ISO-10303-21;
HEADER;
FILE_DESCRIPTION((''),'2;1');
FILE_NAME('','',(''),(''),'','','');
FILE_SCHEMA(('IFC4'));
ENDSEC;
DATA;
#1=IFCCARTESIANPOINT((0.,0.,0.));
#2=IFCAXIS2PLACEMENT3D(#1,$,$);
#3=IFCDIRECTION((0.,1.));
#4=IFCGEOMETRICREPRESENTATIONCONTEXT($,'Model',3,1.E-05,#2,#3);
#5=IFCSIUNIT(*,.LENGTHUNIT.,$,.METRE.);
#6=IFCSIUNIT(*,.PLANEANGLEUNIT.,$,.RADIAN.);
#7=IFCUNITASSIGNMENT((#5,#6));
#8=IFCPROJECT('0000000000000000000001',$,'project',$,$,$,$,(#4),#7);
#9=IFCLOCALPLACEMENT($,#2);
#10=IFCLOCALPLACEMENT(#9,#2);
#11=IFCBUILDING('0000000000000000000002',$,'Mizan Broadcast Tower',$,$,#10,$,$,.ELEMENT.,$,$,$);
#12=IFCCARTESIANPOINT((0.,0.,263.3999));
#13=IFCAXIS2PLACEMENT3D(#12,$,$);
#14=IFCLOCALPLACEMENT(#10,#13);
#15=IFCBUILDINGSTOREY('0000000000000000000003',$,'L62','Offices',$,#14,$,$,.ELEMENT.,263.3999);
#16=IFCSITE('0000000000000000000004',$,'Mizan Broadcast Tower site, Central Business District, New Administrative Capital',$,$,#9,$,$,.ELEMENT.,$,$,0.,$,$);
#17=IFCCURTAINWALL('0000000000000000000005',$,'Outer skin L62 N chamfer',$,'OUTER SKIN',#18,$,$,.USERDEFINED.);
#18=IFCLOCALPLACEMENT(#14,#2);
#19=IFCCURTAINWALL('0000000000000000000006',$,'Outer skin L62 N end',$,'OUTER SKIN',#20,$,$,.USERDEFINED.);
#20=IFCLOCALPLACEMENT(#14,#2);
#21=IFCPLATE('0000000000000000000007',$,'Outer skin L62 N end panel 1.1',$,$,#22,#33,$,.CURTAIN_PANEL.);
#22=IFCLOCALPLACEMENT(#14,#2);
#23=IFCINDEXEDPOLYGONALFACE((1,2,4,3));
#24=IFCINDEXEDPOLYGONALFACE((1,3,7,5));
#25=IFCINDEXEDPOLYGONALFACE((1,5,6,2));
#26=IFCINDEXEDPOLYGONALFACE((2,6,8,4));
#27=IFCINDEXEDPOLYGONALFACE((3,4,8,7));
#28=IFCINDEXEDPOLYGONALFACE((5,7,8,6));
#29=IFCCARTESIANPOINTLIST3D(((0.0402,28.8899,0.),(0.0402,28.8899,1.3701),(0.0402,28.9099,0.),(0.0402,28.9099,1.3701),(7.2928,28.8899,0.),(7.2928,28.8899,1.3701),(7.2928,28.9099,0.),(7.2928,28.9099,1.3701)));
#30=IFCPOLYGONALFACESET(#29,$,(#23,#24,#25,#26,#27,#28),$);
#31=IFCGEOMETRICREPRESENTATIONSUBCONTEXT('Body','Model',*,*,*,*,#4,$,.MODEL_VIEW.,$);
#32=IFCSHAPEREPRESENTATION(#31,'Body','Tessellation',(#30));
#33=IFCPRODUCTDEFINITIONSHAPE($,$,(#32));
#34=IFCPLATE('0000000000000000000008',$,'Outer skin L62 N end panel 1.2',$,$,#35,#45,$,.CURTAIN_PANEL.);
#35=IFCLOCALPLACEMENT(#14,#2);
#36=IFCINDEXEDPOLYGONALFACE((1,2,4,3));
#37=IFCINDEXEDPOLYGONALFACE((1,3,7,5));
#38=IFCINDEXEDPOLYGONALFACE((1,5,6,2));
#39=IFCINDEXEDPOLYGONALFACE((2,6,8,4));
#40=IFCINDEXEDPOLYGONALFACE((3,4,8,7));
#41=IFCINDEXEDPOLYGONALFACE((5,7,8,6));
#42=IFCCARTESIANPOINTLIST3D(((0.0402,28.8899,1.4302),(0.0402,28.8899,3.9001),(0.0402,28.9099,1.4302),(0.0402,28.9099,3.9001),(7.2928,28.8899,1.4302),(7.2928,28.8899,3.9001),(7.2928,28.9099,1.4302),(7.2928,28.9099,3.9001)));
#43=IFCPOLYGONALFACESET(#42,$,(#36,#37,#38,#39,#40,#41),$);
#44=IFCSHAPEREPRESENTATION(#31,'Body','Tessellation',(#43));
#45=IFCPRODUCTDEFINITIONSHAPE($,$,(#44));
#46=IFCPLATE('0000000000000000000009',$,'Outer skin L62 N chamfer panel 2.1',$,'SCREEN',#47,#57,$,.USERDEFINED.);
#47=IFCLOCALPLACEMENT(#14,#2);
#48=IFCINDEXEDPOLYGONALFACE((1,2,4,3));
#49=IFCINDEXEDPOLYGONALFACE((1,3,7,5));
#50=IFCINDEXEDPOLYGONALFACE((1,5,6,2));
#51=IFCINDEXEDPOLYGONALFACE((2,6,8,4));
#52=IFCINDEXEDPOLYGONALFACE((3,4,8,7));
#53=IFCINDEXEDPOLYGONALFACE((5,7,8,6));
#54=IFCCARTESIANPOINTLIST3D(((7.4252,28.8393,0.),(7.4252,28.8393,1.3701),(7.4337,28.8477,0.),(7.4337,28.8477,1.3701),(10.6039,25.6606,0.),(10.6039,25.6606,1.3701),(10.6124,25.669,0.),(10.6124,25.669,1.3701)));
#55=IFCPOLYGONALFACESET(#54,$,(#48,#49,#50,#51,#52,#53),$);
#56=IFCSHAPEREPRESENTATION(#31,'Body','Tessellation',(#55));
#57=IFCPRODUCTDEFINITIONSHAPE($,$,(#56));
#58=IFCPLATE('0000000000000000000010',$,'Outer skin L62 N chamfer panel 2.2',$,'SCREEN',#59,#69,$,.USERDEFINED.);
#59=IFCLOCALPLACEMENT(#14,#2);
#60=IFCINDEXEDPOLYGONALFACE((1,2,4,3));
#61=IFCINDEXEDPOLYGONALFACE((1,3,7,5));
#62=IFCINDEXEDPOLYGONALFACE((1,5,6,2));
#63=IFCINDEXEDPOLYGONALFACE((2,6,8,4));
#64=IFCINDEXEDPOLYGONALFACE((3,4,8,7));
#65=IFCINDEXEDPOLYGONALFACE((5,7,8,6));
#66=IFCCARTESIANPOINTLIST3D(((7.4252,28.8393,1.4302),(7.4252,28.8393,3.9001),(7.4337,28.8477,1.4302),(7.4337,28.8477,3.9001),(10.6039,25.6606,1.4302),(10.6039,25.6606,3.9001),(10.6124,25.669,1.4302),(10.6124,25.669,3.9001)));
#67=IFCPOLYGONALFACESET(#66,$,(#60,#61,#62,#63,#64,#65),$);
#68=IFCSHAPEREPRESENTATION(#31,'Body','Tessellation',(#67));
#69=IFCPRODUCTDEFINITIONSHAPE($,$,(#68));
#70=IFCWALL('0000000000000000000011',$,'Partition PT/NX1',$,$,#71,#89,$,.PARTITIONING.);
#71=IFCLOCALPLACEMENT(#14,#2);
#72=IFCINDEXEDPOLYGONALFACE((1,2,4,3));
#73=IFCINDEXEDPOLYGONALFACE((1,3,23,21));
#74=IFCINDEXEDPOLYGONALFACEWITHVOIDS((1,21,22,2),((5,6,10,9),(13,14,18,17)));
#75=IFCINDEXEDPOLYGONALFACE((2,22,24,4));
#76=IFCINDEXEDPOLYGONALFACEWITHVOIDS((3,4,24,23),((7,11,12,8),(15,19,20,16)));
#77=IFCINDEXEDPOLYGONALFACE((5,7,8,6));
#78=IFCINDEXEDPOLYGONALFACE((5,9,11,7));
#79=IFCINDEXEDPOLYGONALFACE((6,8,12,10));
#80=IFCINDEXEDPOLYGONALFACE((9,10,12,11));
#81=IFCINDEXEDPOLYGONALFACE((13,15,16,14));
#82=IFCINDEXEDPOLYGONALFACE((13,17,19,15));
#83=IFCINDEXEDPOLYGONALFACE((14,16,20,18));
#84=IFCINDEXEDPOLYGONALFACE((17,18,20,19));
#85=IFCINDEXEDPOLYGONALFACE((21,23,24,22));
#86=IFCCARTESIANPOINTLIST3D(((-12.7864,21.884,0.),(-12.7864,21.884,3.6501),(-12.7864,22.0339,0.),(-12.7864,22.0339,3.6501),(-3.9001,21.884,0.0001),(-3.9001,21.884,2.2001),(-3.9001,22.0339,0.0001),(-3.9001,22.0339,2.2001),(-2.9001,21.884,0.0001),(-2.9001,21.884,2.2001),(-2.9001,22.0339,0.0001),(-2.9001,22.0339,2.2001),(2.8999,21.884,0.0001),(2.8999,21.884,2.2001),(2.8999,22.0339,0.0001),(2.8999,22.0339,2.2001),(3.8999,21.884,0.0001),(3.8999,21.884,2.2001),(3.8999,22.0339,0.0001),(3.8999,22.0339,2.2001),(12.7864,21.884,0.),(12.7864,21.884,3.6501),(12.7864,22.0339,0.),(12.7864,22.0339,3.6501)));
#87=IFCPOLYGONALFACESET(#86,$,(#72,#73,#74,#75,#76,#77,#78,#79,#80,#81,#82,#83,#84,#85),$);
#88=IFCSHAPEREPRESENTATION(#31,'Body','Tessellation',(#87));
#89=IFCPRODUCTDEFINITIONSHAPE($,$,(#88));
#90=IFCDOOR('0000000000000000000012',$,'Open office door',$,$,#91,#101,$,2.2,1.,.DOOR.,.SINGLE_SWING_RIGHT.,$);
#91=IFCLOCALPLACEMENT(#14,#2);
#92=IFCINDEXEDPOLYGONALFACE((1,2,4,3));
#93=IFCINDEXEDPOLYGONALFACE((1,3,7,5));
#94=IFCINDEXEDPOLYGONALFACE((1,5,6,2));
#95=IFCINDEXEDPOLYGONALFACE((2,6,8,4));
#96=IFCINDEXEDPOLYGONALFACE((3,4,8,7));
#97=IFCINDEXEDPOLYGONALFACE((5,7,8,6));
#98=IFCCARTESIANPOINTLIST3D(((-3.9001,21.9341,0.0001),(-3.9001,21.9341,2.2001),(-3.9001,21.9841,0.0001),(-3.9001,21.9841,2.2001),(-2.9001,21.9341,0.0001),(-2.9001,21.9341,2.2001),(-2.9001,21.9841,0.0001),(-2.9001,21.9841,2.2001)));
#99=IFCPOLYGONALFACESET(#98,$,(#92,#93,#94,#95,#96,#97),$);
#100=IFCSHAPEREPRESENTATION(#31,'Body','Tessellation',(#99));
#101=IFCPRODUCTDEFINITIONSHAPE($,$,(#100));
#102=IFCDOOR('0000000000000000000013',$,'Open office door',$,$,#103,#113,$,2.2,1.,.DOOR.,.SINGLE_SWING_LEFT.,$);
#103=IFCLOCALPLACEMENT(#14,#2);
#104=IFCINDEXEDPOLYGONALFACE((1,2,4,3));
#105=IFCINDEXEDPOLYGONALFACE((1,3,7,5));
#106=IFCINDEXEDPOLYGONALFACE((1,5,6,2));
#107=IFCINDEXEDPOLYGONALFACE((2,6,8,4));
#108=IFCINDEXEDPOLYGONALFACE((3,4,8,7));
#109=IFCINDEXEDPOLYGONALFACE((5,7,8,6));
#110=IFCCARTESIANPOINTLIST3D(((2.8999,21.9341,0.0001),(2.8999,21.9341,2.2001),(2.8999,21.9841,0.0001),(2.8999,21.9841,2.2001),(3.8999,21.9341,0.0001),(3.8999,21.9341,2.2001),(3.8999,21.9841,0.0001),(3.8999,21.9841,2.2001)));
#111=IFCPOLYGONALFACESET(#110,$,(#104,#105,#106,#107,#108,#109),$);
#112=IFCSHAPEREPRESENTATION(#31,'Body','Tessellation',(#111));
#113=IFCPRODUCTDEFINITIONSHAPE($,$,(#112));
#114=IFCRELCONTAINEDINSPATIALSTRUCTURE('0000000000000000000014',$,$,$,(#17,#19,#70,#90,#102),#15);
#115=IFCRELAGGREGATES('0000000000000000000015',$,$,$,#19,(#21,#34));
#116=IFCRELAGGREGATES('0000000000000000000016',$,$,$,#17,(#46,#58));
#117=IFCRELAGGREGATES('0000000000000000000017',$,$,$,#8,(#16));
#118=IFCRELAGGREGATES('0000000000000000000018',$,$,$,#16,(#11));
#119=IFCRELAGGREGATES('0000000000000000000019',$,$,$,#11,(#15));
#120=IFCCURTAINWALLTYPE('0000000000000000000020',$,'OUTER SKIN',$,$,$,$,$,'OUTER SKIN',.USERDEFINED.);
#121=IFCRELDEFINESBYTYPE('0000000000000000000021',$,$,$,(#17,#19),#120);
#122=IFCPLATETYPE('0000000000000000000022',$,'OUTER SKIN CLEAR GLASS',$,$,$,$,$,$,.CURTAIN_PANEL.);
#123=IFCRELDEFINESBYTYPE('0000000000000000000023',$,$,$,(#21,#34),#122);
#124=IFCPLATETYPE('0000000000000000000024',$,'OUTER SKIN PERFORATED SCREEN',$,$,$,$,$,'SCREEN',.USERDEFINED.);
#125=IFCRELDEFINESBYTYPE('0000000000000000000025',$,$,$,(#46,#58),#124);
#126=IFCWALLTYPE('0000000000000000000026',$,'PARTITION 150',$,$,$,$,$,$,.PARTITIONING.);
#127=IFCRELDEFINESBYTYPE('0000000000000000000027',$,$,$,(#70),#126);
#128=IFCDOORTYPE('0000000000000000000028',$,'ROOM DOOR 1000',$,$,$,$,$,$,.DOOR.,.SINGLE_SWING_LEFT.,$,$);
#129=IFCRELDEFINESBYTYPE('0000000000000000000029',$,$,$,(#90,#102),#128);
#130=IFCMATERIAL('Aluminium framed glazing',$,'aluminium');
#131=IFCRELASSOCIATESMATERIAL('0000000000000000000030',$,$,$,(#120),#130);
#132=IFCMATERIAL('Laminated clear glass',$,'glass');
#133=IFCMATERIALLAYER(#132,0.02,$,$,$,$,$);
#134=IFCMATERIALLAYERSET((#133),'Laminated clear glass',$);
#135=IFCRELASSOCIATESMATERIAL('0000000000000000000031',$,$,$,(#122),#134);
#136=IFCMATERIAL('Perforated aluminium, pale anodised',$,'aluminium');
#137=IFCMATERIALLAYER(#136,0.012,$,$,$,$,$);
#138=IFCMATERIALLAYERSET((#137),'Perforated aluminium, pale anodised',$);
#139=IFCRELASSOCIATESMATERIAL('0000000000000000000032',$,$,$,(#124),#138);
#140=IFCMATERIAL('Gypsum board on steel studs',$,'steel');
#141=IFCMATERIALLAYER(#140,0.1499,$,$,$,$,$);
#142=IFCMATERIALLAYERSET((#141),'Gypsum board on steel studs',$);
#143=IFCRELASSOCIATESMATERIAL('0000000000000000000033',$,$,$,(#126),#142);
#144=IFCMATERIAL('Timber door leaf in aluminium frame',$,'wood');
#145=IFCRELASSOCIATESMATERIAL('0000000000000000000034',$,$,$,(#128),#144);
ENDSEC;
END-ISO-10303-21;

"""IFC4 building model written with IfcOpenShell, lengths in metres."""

from ifc_helpers import new_model, si_unit, direction, frame, frame_2d, origin, origin_2d, place, context, subcontext, project, spatial, rectangle, extrude, material, layer, layer_set, type_object, element, fill, aggregate, save


model = new_model("IFC4")

# Units and contexts
model_context = context("Model", 3, precision=1e-05, world=origin(), true_north=direction((0.0, 1.0)))
body_context = subcontext(model_context, "Body", "Model", "MODEL_VIEW")
ifc_project = project(units=[si_unit("LENGTHUNIT", "METRE"), si_unit("PLANEANGLEUNIT", "RADIAN")], contexts=[model_context])

# Site, building, storey
site_placement = place(None, origin())
site = spatial("IfcSite", under=ifc_project, at=site_placement, Name="Mizan Broadcast Tower site, Central Business District, New Administrative Capital", CompositionType="ELEMENT", RefElevation=0.0)
building_placement = place(site_placement, origin())
building = spatial("IfcBuilding", under=site, at=building_placement, Name="Mizan Broadcast Tower", CompositionType="ELEMENT")
storey_placement = place(building_placement, frame((0.0, 0.0, 263.3999)))
storey = spatial("IfcBuildingStorey", under=building, at=storey_placement, Name="L62", Description="Offices", CompositionType="ELEMENT", Elevation=263.3999)

# Curtain wall
ifc_material_1 = material(Name="Aluminium framed glazing", Category="aluminium")
curtain_wall_type_1 = type_object("IfcCurtainWallType", Name="OUTER SKIN", ElementType="OUTER SKIN", PredefinedType="USERDEFINED", material=ifc_material_1)
curtain_wall_1_placement = place(storey_placement, origin())
curtain_wall_1 = element("IfcCurtainWall", 1, at=curtain_wall_1_placement, inside=storey, type_object=curtain_wall_type_1, Name="Outer skin L62 N chamfer", ObjectType="OUTER SKIN", PredefinedType="USERDEFINED")

# Curtain wall
curtain_wall_2_placement = place(storey_placement, origin())
curtain_wall_2 = element("IfcCurtainWall", 2, at=curtain_wall_2_placement, inside=storey, type_object=curtain_wall_type_1, Name="Outer skin L62 N end", ObjectType="OUTER SKIN", PredefinedType="USERDEFINED")

# Plates
ifc_material_2 = material(Name="Laminated clear glass", Category="glass")
ifc_layer_1 = layer(ifc_material_2, 0.02)
ifc_layer_set_1 = layer_set([ifc_layer_1], Name="Laminated clear glass")
plate_type_1 = type_object("IfcPlateType", Name="OUTER SKIN CLEAR GLASS", PredefinedType="CURTAIN_PANEL", material=ifc_layer_set_1)
plate_1_placement = place(storey_placement, frame((3.6665, 28.8999, 0.0), z_axis=(0.0, 0.0, 1.0), x_axis=(-1.0, 0.0, 0.0)))
plate_1 = element("IfcPlate", 3, at=plate_1_placement, type_object=plate_type_1, Name="Outer skin L62 N end panel 1.1", PredefinedType="CURTAIN_PANEL", context=body_context, shape_type="SweptSolid", body=[
    extrude(rectangle(XDim=7.2527, YDim=0.02, at=origin_2d()), origin(), (0.0, 0.0, 1.0), 1.3701),
])
plate_2_placement = place(storey_placement, frame((3.6665, 28.8999, 1.4302), z_axis=(0.0, 0.0, 1.0), x_axis=(-1.0, 0.0, 0.0)))
plate_2 = element("IfcPlate", 4, at=plate_2_placement, type_object=plate_type_1, Name="Outer skin L62 N end panel 1.2", PredefinedType="CURTAIN_PANEL", context=body_context, shape_type="SweptSolid", body=[
    extrude(rectangle(XDim=7.2527, YDim=0.02, at=origin_2d()), origin(), (0.0, 0.0, 1.0), 2.47),
])
aggregate(curtain_wall_2, [plate_1, plate_2])
ifc_material_3 = material(Name="Perforated aluminium, pale anodised", Category="aluminium")
ifc_layer_2 = layer(ifc_material_3, 0.012)
ifc_layer_set_2 = layer_set([ifc_layer_2], Name="Perforated aluminium, pale anodised")
plate_type_2 = type_object("IfcPlateType", Name="OUTER SKIN PERFORATED SCREEN", ElementType="SCREEN", PredefinedType="USERDEFINED", material=ifc_layer_set_2)
plate_3_placement = place(storey_placement, frame((9.0188, 27.2542, 0.0), z_axis=(0.0, 0.0, 1.0), x_axis=(-0.707107, 0.707107, 0.0)))
plate_3 = element("IfcPlate", 5, at=plate_3_placement, type_object=plate_type_2, Name="Outer skin L62 N chamfer panel 2.1", ObjectType="SCREEN", PredefinedType="USERDEFINED", context=body_context, shape_type="SweptSolid", body=[
    extrude(rectangle(XDim=4.4954, YDim=0.012, at=origin_2d()), origin(), (0.0, 0.0, 1.0), 1.3701),
])
plate_4_placement = place(storey_placement, frame((9.0188, 27.2542, 1.4302), z_axis=(0.0, 0.0, 1.0), x_axis=(-0.707107, 0.707107, 0.0)))
plate_4 = element("IfcPlate", 6, at=plate_4_placement, type_object=plate_type_2, Name="Outer skin L62 N chamfer panel 2.2", ObjectType="SCREEN", PredefinedType="USERDEFINED", context=body_context, shape_type="SweptSolid", body=[
    extrude(rectangle(XDim=4.4954, YDim=0.012, at=origin_2d()), origin(), (0.0, 0.0, 1.0), 2.47),
])
aggregate(curtain_wall_1, [plate_3, plate_4])

# Wall, openings, doors
ifc_material_4 = material(Name="Gypsum board on steel studs", Category="steel")
ifc_layer_3 = layer(ifc_material_4, 0.1499)
ifc_layer_set_3 = layer_set([ifc_layer_3], Name="Gypsum board on steel studs")
wall_type = type_object("IfcWallType", Name="PARTITION 150", PredefinedType="PARTITIONING", material=ifc_layer_set_3)
wall_placement = place(storey_placement, frame((12.7864, 21.959, 0.0), z_axis=(0.0, 0.0, 1.0), x_axis=(-1.0, 0.0, 0.0)))
wall = element("IfcWall", 7, at=wall_placement, inside=storey, type_object=wall_type, Name="Partition PT/NX1", PredefinedType="PARTITIONING", context=body_context, shape_type="SweptSolid", body=[
    extrude(rectangle(XDim=25.5728, YDim=0.1499, at=frame_2d((12.7864, 0.0))), origin(), (0.0, 0.0, 1.0), 3.6501),
])
opening_1_placement = place(wall_placement, frame((15.6865, 0.0, 0.0)))
opening_1 = element("IfcOpeningElement", 8, at=opening_1_placement, cuts=wall, PredefinedType="OPENING", context=body_context, shape_type="SweptSolid", body=[
    extrude(rectangle(XDim=1.0, YDim=2.2, at=frame_2d((0.5, 1.1001))), frame((0.0, 0.085, 0.0), z_axis=(0.0, -1.0, 0.0), x_axis=(1.0, 0.0, 0.0)), (0.0, 0.0, 1.0), 0.1699),
])
opening_2_placement = place(wall_placement, frame((8.8865, 0.0, 0.0)))
opening_2 = element("IfcOpeningElement", 9, at=opening_2_placement, cuts=wall, PredefinedType="OPENING", context=body_context, shape_type="SweptSolid", body=[
    extrude(rectangle(XDim=1.0, YDim=2.2, at=frame_2d((0.5, 1.1001))), frame((0.0, 0.085, 0.0), z_axis=(0.0, -1.0, 0.0), x_axis=(1.0, 0.0, 0.0)), (0.0, 0.0, 1.0), 0.1699),
])
ifc_material_5 = material(Name="Timber door leaf in aluminium frame", Category="wood")
door_type = type_object("IfcDoorType", Name="ROOM DOOR 1000", OperationType="SINGLE_SWING_LEFT", PredefinedType="DOOR", material=ifc_material_5)
door_1_placement = place(opening_1_placement, origin())
door_1 = element("IfcDoor", 10, at=door_1_placement, inside=storey, type_object=door_type, Name="Open office door", OperationType="SINGLE_SWING_RIGHT", OverallHeight=2.2, OverallWidth=1.0, PredefinedType="DOOR", context=body_context, shape_type="SweptSolid", body=[
    extrude(rectangle(XDim=1.0, YDim=2.2, at=frame_2d((0.5, 1.1001))), frame((0.0, 0.0249, 0.0), z_axis=(0.0, -1.0, 0.0), x_axis=(1.0, 0.0, 0.0)), (0.0, 0.0, 1.0), 0.05),
])
fill(opening_1, door_1)
door_2_placement = place(opening_2_placement, origin())
door_2 = element("IfcDoor", 11, at=door_2_placement, inside=storey, type_object=door_type, Name="Open office door", OperationType="SINGLE_SWING_LEFT", OverallHeight=2.2, OverallWidth=1.0, PredefinedType="DOOR", context=body_context, shape_type="SweptSolid", body=[
    extrude(rectangle(XDim=1.0, YDim=2.2, at=frame_2d((0.5, 1.1001))), frame((0.0, 0.0249, 0.0), z_axis=(0.0, -1.0, 0.0), x_axis=(1.0, 0.0, 0.0)), (0.0, 0.0, 1.0), 0.05),
])
fill(opening_2, door_2)

save(model, "model.ifc")
